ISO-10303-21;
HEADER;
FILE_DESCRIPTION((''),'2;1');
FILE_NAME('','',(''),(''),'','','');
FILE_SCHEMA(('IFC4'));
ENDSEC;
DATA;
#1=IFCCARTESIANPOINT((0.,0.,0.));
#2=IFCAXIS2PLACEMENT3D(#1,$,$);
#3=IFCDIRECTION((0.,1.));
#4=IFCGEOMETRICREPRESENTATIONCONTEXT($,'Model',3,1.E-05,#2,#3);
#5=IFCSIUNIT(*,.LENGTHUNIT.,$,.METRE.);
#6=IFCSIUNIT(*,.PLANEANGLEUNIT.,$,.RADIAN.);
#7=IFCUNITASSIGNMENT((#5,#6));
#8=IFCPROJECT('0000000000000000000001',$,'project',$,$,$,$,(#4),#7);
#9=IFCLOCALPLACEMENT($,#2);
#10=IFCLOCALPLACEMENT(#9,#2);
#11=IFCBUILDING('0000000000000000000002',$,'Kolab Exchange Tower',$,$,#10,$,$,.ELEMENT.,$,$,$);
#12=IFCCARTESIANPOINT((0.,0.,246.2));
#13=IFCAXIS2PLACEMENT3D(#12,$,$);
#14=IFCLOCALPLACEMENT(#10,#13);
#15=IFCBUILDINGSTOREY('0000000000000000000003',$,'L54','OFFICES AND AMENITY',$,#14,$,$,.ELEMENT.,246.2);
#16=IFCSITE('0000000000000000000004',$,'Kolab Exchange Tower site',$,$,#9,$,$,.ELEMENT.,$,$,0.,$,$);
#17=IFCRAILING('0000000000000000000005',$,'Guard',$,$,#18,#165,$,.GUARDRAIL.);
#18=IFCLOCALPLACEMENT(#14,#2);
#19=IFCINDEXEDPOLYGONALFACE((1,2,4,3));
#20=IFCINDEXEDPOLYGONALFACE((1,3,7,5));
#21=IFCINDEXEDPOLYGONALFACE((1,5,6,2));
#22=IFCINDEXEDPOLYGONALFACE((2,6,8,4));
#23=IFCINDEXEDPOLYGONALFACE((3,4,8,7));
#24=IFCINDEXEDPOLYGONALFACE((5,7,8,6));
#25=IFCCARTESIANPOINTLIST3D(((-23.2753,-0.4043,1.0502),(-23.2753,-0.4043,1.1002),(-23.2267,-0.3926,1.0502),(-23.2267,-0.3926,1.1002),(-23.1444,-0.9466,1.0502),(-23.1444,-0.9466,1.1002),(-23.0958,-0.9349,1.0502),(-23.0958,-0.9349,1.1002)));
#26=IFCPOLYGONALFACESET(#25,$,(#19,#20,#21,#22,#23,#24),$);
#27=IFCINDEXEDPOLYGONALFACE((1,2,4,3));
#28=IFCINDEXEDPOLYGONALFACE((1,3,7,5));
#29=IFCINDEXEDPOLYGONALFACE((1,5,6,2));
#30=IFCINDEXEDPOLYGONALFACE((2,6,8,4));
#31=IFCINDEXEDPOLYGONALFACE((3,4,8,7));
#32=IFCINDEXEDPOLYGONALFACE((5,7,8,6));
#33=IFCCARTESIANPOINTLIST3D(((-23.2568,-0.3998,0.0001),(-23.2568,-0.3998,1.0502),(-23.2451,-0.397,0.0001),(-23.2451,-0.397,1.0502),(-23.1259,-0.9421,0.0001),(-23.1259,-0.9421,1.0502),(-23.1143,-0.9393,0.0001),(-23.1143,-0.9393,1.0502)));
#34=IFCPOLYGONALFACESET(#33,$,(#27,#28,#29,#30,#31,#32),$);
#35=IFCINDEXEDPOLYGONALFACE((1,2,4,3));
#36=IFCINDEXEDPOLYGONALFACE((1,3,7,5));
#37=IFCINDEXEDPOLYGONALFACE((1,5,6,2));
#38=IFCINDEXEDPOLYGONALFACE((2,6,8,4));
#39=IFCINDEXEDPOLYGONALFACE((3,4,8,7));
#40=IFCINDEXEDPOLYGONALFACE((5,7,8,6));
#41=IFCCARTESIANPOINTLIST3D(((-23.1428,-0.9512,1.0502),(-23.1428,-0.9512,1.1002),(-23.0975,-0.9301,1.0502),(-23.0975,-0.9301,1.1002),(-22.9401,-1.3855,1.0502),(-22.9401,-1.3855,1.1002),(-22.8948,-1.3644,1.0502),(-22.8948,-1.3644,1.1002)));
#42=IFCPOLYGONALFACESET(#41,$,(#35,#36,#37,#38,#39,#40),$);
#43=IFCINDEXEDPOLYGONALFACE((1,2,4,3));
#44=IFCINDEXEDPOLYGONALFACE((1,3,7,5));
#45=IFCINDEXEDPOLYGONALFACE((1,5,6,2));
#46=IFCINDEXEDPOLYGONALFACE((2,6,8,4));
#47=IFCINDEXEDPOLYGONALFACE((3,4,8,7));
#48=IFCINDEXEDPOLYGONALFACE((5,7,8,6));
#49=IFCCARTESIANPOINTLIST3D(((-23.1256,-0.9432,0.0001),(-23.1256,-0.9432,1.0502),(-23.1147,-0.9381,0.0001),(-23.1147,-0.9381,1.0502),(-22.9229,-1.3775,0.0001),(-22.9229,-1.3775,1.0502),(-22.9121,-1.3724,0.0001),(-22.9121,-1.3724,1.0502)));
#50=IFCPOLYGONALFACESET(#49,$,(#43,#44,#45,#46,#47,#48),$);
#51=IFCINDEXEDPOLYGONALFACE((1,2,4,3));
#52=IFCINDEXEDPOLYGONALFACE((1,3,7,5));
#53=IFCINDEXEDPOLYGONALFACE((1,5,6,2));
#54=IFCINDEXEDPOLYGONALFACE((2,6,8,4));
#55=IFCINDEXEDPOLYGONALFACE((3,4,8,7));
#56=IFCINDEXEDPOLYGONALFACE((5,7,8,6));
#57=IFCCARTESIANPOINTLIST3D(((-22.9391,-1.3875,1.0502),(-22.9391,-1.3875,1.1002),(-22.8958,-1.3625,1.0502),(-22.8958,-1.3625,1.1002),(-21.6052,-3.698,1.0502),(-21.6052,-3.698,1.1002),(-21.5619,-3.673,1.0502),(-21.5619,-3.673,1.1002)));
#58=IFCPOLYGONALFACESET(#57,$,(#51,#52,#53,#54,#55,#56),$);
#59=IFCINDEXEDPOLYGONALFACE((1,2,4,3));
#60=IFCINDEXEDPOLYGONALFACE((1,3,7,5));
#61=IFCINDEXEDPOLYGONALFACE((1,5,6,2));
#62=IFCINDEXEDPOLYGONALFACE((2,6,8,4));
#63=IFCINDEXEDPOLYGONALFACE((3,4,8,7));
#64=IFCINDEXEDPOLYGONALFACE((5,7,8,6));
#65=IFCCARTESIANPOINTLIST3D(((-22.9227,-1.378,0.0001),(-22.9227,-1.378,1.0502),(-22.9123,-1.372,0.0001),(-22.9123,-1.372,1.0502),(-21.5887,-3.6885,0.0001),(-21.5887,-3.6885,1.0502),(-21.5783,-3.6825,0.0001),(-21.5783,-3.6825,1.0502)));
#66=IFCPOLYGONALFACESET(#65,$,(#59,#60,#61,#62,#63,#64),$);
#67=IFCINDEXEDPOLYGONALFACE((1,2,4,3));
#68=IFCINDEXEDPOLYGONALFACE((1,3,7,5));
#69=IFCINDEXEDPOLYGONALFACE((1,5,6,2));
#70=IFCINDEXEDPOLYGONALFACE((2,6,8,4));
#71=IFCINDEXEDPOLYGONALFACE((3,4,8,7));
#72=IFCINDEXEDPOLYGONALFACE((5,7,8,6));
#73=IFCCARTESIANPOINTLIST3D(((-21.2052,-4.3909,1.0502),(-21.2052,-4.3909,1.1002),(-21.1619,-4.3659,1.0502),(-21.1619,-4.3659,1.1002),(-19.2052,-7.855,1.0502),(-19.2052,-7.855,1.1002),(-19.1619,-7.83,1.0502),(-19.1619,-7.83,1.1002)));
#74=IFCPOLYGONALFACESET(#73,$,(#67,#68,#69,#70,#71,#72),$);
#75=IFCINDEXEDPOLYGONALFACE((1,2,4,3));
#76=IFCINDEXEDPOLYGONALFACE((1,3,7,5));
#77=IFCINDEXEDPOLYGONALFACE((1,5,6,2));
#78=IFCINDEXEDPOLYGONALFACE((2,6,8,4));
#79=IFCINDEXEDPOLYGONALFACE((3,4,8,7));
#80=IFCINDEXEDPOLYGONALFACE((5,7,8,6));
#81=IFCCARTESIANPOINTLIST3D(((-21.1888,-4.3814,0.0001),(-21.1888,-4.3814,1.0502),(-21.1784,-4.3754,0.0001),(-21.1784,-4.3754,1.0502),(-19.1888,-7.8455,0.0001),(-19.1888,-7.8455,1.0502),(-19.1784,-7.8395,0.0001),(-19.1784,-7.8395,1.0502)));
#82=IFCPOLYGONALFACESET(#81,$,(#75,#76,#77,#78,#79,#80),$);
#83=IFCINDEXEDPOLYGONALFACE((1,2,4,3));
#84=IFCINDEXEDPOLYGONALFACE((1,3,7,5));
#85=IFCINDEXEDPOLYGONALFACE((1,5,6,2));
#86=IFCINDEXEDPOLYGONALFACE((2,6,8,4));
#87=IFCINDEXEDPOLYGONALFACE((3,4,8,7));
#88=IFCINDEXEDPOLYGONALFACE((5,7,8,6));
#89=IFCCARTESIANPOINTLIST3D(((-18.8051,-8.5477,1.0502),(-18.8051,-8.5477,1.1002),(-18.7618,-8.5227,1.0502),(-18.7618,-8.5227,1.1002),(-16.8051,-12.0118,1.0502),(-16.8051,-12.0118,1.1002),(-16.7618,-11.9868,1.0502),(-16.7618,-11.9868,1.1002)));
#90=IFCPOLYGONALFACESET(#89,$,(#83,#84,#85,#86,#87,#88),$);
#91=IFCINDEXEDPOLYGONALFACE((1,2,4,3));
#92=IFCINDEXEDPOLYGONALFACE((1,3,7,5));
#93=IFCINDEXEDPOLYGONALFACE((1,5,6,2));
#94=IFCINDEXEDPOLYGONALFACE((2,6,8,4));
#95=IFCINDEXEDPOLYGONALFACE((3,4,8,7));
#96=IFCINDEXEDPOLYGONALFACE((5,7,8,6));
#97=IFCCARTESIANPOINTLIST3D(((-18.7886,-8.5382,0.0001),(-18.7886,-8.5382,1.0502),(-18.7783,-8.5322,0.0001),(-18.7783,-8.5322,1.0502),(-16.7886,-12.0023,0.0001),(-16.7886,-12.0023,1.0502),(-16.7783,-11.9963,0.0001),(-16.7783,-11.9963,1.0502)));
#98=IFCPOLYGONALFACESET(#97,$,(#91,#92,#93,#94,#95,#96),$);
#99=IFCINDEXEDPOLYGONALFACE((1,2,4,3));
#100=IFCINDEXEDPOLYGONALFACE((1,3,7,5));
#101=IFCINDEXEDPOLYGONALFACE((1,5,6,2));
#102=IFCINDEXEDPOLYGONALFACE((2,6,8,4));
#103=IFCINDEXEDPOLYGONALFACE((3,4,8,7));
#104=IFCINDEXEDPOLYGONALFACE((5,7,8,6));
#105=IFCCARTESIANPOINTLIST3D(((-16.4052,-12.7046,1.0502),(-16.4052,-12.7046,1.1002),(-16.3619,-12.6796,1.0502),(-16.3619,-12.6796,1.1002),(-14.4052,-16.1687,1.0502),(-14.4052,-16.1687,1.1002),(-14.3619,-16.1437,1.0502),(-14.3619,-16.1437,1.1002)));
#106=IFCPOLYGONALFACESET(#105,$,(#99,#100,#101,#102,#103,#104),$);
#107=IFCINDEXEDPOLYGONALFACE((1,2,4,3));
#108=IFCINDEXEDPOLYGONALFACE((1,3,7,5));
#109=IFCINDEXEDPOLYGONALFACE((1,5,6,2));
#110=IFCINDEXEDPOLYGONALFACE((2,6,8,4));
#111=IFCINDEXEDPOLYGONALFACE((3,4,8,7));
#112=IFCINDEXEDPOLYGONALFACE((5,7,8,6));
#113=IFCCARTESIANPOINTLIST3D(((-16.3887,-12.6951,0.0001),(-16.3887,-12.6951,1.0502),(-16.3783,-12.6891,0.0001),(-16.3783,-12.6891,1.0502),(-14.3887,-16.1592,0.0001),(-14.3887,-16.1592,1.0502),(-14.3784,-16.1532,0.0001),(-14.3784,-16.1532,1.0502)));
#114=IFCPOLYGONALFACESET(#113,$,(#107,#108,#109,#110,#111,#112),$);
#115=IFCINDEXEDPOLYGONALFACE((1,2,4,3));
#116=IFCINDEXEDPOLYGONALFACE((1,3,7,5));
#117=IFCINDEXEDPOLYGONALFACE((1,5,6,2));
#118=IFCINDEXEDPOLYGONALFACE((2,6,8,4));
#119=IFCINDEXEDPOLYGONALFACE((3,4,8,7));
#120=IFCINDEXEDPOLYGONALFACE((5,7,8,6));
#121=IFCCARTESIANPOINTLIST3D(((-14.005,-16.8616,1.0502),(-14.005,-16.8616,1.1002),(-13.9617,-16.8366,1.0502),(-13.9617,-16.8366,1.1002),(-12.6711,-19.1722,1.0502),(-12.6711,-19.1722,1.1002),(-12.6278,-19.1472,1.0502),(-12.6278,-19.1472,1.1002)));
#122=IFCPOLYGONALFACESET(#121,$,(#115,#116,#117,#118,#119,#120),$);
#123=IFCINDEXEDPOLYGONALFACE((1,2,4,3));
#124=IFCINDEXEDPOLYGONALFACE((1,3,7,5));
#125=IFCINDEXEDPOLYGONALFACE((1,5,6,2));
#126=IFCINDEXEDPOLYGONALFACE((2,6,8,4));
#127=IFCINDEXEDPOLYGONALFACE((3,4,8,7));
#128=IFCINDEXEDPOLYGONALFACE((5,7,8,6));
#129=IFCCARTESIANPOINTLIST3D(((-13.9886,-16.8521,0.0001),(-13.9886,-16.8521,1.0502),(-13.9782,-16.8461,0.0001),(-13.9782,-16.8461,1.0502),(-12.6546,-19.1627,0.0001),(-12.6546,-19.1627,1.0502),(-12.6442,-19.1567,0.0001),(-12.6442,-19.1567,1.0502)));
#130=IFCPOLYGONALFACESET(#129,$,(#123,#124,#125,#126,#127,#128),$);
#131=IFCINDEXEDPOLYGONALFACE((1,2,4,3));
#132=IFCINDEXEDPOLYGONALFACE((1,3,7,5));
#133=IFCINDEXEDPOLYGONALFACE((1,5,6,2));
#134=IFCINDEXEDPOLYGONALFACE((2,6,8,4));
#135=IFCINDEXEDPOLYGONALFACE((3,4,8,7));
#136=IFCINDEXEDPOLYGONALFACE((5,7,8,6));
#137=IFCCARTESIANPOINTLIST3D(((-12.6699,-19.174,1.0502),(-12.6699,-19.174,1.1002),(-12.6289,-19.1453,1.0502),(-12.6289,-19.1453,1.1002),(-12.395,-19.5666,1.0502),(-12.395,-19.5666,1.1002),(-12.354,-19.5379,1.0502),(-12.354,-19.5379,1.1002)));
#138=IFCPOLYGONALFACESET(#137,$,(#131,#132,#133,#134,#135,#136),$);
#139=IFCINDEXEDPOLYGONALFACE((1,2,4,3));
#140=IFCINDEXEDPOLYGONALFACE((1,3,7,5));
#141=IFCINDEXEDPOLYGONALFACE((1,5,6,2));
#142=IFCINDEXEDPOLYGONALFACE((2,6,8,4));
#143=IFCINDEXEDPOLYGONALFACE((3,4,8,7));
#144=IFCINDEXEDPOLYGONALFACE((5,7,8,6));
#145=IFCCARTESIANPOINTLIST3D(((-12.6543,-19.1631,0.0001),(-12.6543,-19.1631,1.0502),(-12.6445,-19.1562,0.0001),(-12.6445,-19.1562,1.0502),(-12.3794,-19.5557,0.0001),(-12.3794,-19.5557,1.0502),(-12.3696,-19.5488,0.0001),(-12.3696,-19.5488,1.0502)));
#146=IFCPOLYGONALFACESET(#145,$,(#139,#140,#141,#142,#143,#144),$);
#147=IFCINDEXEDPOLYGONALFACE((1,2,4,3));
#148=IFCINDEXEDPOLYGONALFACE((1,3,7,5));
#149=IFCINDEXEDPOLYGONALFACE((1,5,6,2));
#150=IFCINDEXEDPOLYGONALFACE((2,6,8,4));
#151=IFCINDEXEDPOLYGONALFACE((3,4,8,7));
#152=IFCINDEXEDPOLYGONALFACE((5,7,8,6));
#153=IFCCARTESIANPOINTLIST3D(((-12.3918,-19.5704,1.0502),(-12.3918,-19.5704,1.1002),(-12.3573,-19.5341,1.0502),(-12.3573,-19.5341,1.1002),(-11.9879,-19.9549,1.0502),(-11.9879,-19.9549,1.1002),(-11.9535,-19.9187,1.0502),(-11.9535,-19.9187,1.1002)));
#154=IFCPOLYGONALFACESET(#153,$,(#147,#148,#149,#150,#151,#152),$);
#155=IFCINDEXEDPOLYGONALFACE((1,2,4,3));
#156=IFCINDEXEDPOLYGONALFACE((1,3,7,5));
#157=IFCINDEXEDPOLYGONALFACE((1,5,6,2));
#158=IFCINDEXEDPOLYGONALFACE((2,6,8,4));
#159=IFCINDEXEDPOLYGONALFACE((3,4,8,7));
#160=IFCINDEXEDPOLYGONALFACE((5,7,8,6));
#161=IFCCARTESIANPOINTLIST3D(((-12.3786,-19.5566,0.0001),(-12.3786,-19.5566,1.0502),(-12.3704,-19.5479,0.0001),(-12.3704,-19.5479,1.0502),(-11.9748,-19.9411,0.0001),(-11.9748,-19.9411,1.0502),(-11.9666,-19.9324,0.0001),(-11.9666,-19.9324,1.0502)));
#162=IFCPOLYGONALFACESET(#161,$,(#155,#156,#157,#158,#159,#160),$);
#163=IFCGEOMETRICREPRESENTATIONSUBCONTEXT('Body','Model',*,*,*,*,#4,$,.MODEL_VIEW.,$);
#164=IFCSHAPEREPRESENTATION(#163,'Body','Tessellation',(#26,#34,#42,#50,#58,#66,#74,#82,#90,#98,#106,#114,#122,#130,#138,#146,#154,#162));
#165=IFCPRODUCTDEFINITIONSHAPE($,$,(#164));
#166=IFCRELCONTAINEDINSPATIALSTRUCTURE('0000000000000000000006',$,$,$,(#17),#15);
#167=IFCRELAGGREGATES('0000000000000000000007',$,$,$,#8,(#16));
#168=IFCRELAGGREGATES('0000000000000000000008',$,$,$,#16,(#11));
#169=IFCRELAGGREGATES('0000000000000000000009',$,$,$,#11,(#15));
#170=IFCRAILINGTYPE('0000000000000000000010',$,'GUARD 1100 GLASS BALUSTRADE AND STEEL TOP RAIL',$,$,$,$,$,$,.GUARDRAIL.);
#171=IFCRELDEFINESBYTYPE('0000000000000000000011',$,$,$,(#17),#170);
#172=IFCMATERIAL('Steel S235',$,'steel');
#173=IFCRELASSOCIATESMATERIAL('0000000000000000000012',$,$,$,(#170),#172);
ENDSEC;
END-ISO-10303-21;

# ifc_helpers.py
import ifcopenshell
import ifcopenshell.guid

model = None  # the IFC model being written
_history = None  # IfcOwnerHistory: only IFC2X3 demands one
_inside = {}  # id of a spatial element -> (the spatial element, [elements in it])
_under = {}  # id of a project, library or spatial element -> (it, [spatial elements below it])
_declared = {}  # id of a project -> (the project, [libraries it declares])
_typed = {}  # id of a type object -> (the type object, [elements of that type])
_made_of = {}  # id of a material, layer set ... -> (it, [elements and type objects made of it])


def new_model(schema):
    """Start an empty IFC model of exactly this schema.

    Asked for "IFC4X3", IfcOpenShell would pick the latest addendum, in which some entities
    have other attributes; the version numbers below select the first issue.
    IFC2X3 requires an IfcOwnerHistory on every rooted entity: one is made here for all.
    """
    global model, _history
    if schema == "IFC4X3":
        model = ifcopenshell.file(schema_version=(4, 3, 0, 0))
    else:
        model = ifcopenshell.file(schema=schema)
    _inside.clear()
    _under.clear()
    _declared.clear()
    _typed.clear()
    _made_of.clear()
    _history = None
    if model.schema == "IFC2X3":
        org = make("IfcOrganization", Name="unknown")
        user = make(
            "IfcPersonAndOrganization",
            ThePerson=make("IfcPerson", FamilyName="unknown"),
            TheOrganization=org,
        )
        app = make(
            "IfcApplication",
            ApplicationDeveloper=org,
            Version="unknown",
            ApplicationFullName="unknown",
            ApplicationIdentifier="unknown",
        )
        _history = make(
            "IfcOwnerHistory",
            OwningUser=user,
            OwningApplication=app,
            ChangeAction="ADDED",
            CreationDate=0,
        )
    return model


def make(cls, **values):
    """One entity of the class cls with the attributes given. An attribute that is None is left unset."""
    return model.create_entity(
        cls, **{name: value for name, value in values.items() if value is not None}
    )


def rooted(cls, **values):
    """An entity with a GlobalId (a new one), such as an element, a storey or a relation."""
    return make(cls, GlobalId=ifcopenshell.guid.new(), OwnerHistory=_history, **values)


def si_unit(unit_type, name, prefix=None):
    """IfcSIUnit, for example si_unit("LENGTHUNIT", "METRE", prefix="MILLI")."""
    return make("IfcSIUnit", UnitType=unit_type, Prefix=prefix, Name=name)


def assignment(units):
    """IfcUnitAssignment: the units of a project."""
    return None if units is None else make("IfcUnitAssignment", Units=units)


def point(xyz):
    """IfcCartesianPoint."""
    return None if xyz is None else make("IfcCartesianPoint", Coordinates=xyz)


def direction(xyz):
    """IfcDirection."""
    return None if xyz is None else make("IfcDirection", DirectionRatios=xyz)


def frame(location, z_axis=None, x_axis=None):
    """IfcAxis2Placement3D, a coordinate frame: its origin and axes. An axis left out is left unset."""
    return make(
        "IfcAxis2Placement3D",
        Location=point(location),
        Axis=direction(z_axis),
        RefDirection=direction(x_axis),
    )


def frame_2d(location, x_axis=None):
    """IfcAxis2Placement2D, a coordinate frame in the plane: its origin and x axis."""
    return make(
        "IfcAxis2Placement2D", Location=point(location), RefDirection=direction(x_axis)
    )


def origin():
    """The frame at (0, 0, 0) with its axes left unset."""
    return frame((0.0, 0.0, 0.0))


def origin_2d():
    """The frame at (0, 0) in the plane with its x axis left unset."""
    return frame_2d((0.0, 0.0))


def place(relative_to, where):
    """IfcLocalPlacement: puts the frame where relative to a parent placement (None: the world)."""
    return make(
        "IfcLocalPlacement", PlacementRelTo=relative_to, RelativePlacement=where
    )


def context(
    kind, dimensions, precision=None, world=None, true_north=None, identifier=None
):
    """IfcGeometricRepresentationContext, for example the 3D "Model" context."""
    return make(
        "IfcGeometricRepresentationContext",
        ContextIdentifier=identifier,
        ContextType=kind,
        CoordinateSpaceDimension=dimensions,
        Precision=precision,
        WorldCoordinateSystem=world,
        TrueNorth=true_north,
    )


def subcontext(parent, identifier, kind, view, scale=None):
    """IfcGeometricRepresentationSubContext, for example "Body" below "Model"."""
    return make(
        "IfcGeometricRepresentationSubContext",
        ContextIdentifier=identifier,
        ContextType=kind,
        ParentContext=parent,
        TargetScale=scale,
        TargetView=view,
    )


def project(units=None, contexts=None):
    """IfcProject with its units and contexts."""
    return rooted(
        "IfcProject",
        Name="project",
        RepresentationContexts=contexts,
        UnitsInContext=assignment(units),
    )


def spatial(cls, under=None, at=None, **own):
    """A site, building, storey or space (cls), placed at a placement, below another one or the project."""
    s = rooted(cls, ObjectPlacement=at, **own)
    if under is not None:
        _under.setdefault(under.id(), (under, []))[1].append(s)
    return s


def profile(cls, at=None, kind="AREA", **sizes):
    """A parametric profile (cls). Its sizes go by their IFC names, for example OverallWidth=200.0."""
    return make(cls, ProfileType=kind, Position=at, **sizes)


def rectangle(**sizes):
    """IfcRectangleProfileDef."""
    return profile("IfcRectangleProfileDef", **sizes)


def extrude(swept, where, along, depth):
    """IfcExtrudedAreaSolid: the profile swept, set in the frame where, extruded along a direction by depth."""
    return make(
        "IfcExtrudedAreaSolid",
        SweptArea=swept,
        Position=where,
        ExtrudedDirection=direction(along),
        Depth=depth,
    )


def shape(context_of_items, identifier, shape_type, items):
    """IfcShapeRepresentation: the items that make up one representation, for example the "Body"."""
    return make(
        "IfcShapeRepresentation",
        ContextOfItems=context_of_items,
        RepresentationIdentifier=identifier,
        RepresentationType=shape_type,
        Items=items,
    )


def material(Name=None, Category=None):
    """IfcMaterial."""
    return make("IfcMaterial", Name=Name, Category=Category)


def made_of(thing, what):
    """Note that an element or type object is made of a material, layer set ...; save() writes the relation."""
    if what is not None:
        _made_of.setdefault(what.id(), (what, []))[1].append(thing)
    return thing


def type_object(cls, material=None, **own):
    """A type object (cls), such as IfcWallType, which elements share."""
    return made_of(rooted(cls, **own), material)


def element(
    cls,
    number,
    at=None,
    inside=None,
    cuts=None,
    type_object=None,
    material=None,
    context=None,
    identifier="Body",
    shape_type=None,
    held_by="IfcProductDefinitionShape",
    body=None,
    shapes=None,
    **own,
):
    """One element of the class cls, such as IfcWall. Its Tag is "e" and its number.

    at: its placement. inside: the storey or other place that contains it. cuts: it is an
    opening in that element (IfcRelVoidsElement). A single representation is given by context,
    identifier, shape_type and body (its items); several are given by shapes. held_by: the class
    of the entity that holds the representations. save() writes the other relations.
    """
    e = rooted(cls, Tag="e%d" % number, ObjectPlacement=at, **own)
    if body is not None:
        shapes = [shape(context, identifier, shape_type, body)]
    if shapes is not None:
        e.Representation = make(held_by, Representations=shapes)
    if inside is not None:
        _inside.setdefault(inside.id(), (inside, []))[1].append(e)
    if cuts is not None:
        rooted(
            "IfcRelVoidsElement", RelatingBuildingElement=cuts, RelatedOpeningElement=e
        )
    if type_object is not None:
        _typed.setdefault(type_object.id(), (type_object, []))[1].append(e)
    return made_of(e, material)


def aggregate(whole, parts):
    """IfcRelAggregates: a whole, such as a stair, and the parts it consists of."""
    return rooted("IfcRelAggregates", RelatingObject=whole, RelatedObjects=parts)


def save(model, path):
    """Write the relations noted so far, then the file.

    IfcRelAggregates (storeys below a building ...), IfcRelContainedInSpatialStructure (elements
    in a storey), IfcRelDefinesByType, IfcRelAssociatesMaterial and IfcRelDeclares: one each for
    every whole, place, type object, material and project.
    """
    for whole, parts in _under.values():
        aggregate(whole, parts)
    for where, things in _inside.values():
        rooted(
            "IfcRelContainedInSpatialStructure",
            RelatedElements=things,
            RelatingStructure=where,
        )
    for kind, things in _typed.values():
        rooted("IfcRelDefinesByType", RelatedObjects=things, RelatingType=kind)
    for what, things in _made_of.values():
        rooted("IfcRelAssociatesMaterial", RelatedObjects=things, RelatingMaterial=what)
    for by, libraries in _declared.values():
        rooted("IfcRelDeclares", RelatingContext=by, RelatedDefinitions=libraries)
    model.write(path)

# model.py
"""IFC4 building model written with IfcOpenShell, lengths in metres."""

from ifc_helpers import new_model, si_unit, direction, frame, frame_2d, origin, origin_2d, place, context, subcontext, project, spatial, rectangle, extrude, material, type_object, element, save


model = new_model("IFC4")

# Units and contexts
model_context = context("Model", 3, precision=1e-05, world=origin(), true_north=direction((0.0, 1.0)))
body_context = subcontext(model_context, "Body", "Model", "MODEL_VIEW")
ifc_project = project(units=[si_unit("LENGTHUNIT", "METRE"), si_unit("PLANEANGLEUNIT", "RADIAN")], contexts=[model_context])

# Site, building, storey
site_placement = place(None, origin())
site = spatial("IfcSite", under=ifc_project, at=site_placement, Name="Kolab Exchange Tower site", CompositionType="ELEMENT", RefElevation=0.0)
building_placement = place(site_placement, origin())
building = spatial("IfcBuilding", under=site, at=building_placement, Name="Kolab Exchange Tower", CompositionType="ELEMENT")
storey_placement = place(building_placement, frame((0.0, 0.0, 246.2)))
storey = spatial("IfcBuildingStorey", under=building, at=storey_placement, Name="L54", Description="OFFICES AND AMENITY", CompositionType="ELEMENT", Elevation=246.2)

# Railing
ifc_material_1 = material(Name="Steel S235", Category="steel")
railing_type = type_object("IfcRailingType", Name="GUARD 1100 GLASS BALUSTRADE AND STEEL TOP RAIL", PredefinedType="GUARDRAIL", material=ifc_material_1)
railing_placement = place(storey_placement, frame((-23.251, -0.3984, 0.0)))
element("IfcRailing", 1, at=railing_placement, inside=storey, type_object=railing_type, Name="Guard", PredefinedType="GUARDRAIL", context=body_context, shape_type="SweptSolid", body=[
    extrude(rectangle(XDim=0.05, YDim=0.05, at=origin_2d()), frame((0.0, 0.0, 1.0752), z_axis=(0.234598, -0.972093, 0.0), x_axis=(0.972093, 0.234598, 0.0)), (0.0, 0.0, 1.0), 0.5579),
    extrude(rectangle(XDim=0.012, YDim=1.0501, at=frame_2d((0.0, 0.5251))), frame((0.0, 0.0, 0.0), z_axis=(0.234598, -0.972093, 0.0), x_axis=(0.972093, 0.234598, 0.0)), (0.0, 0.0, 1.0), 0.5579),
    extrude(rectangle(XDim=0.05, YDim=0.05, at=origin_2d()), frame((0.1309, -0.5422, 1.0752), z_axis=(0.422802, -0.906222, 0.0), x_axis=(0.906222, 0.422802, 0.0)), (0.0, 0.0, 1.0), 0.4792),
    extrude(rectangle(XDim=0.012, YDim=1.0501, at=frame_2d((0.0, 0.5251))), frame((0.1309, -0.5422, 0.0), z_axis=(0.422802, -0.906222, 0.0), x_axis=(0.906222, 0.422802, 0.0)), (0.0, 0.0, 1.0), 0.4792),
    extrude(rectangle(XDim=0.05, YDim=0.05, at=origin_2d()), frame((0.3335, -0.9766, 1.0752), z_axis=(0.499997, -0.866027, 0.0), x_axis=(0.866027, 0.499997, 0.0)), (0.0, 0.0, 1.0), 2.668),
    extrude(rectangle(XDim=0.012, YDim=1.0501, at=frame_2d((0.0, 0.5251))), frame((0.3335, -0.9766, 0.0), z_axis=(0.499997, -0.866027, 0.0), x_axis=(0.866027, 0.499997, 0.0)), (0.0, 0.0, 1.0), 2.668),
    extrude(rectangle(XDim=0.05, YDim=0.05, at=origin_2d()), frame((2.0674, -3.98, 1.0752), z_axis=(0.499999, -0.866026, 0.0), x_axis=(0.866026, 0.499999, 0.0)), (0.0, 0.0, 1.0), 4.0),
    extrude(rectangle(XDim=0.012, YDim=1.0501, at=frame_2d((0.0, 0.5251))), frame((2.0674, -3.98, 0.0), z_axis=(0.499999, -0.866026, 0.0), x_axis=(0.866026, 0.499999, 0.0)), (0.0, 0.0, 1.0), 4.0),
    extrude(rectangle(XDim=0.05, YDim=0.05, at=origin_2d()), frame((4.4675, -8.1367, 1.0752), z_axis=(0.499999, -0.866026, 0.0), x_axis=(0.866026, 0.499999, 0.0)), (0.0, 0.0, 1.0), 4.0),
    extrude(rectangle(XDim=0.012, YDim=1.0501, at=frame_2d((0.0, 0.5251))), frame((4.4675, -8.1367, 0.0), z_axis=(0.499999, -0.866026, 0.0), x_axis=(0.866026, 0.499999, 0.0)), (0.0, 0.0, 1.0), 4.0),
    extrude(rectangle(XDim=0.05, YDim=0.05, at=origin_2d()), frame((6.8674, -12.2937, 1.0752), z_axis=(0.499999, -0.866026, 0.0), x_axis=(0.866026, 0.499999, 0.0)), (0.0, 0.0, 1.0), 4.0),
    extrude(rectangle(XDim=0.012, YDim=1.0501, at=frame_2d((0.0, 0.5251))), frame((6.8674, -12.2937, 0.0), z_axis=(0.499999, -0.866026, 0.0), x_axis=(0.866026, 0.499999, 0.0)), (0.0, 0.0, 1.0), 4.0),
    extrude(rectangle(XDim=0.05, YDim=0.05, at=origin_2d()), frame((9.2676, -16.4507, 1.0752), z_axis=(0.499997, -0.866027, 0.0), x_axis=(0.866027, 0.499997, 0.0)), (0.0, 0.0, 1.0), 2.668),
    extrude(rectangle(XDim=0.012, YDim=1.0501, at=frame_2d((0.0, 0.5251))), frame((9.2676, -16.4507, 0.0), z_axis=(0.499997, -0.866027, 0.0), x_axis=(0.866027, 0.499997, 0.0)), (0.0, 0.0, 1.0), 2.668),
    extrude(rectangle(XDim=0.05, YDim=0.05, at=origin_2d()), frame((10.6016, -18.7612, 1.0752), z_axis=(0.573599, -0.819136, 0.0), x_axis=(0.819136, 0.573599, 0.0)), (0.0, 0.0, 1.0), 0.4792),
    extrude(rectangle(XDim=0.012, YDim=1.0501, at=frame_2d((0.0, 0.5251))), frame((10.6016, -18.7612, 0.0), z_axis=(0.573599, -0.819136, 0.0), x_axis=(0.819136, 0.573599, 0.0)), (0.0, 0.0, 1.0), 0.4792),
    extrude(rectangle(XDim=0.05, YDim=0.05, at=origin_2d()), frame((10.8765, -19.1538, 1.0752), z_axis=(0.72419, -0.689601, 0.0), x_axis=(0.689601, 0.72419, 0.0)), (0.0, 0.0, 1.0), 0.5576),
    extrude(rectangle(XDim=0.012, YDim=1.0501, at=frame_2d((0.0, 0.5251))), frame((10.8765, -19.1538, 0.0), z_axis=(0.72419, -0.689601, 0.0), x_axis=(0.689601, 0.72419, 0.0)), (0.0, 0.0, 1.0), 0.5576),
])

save(model, "model.ifc")
